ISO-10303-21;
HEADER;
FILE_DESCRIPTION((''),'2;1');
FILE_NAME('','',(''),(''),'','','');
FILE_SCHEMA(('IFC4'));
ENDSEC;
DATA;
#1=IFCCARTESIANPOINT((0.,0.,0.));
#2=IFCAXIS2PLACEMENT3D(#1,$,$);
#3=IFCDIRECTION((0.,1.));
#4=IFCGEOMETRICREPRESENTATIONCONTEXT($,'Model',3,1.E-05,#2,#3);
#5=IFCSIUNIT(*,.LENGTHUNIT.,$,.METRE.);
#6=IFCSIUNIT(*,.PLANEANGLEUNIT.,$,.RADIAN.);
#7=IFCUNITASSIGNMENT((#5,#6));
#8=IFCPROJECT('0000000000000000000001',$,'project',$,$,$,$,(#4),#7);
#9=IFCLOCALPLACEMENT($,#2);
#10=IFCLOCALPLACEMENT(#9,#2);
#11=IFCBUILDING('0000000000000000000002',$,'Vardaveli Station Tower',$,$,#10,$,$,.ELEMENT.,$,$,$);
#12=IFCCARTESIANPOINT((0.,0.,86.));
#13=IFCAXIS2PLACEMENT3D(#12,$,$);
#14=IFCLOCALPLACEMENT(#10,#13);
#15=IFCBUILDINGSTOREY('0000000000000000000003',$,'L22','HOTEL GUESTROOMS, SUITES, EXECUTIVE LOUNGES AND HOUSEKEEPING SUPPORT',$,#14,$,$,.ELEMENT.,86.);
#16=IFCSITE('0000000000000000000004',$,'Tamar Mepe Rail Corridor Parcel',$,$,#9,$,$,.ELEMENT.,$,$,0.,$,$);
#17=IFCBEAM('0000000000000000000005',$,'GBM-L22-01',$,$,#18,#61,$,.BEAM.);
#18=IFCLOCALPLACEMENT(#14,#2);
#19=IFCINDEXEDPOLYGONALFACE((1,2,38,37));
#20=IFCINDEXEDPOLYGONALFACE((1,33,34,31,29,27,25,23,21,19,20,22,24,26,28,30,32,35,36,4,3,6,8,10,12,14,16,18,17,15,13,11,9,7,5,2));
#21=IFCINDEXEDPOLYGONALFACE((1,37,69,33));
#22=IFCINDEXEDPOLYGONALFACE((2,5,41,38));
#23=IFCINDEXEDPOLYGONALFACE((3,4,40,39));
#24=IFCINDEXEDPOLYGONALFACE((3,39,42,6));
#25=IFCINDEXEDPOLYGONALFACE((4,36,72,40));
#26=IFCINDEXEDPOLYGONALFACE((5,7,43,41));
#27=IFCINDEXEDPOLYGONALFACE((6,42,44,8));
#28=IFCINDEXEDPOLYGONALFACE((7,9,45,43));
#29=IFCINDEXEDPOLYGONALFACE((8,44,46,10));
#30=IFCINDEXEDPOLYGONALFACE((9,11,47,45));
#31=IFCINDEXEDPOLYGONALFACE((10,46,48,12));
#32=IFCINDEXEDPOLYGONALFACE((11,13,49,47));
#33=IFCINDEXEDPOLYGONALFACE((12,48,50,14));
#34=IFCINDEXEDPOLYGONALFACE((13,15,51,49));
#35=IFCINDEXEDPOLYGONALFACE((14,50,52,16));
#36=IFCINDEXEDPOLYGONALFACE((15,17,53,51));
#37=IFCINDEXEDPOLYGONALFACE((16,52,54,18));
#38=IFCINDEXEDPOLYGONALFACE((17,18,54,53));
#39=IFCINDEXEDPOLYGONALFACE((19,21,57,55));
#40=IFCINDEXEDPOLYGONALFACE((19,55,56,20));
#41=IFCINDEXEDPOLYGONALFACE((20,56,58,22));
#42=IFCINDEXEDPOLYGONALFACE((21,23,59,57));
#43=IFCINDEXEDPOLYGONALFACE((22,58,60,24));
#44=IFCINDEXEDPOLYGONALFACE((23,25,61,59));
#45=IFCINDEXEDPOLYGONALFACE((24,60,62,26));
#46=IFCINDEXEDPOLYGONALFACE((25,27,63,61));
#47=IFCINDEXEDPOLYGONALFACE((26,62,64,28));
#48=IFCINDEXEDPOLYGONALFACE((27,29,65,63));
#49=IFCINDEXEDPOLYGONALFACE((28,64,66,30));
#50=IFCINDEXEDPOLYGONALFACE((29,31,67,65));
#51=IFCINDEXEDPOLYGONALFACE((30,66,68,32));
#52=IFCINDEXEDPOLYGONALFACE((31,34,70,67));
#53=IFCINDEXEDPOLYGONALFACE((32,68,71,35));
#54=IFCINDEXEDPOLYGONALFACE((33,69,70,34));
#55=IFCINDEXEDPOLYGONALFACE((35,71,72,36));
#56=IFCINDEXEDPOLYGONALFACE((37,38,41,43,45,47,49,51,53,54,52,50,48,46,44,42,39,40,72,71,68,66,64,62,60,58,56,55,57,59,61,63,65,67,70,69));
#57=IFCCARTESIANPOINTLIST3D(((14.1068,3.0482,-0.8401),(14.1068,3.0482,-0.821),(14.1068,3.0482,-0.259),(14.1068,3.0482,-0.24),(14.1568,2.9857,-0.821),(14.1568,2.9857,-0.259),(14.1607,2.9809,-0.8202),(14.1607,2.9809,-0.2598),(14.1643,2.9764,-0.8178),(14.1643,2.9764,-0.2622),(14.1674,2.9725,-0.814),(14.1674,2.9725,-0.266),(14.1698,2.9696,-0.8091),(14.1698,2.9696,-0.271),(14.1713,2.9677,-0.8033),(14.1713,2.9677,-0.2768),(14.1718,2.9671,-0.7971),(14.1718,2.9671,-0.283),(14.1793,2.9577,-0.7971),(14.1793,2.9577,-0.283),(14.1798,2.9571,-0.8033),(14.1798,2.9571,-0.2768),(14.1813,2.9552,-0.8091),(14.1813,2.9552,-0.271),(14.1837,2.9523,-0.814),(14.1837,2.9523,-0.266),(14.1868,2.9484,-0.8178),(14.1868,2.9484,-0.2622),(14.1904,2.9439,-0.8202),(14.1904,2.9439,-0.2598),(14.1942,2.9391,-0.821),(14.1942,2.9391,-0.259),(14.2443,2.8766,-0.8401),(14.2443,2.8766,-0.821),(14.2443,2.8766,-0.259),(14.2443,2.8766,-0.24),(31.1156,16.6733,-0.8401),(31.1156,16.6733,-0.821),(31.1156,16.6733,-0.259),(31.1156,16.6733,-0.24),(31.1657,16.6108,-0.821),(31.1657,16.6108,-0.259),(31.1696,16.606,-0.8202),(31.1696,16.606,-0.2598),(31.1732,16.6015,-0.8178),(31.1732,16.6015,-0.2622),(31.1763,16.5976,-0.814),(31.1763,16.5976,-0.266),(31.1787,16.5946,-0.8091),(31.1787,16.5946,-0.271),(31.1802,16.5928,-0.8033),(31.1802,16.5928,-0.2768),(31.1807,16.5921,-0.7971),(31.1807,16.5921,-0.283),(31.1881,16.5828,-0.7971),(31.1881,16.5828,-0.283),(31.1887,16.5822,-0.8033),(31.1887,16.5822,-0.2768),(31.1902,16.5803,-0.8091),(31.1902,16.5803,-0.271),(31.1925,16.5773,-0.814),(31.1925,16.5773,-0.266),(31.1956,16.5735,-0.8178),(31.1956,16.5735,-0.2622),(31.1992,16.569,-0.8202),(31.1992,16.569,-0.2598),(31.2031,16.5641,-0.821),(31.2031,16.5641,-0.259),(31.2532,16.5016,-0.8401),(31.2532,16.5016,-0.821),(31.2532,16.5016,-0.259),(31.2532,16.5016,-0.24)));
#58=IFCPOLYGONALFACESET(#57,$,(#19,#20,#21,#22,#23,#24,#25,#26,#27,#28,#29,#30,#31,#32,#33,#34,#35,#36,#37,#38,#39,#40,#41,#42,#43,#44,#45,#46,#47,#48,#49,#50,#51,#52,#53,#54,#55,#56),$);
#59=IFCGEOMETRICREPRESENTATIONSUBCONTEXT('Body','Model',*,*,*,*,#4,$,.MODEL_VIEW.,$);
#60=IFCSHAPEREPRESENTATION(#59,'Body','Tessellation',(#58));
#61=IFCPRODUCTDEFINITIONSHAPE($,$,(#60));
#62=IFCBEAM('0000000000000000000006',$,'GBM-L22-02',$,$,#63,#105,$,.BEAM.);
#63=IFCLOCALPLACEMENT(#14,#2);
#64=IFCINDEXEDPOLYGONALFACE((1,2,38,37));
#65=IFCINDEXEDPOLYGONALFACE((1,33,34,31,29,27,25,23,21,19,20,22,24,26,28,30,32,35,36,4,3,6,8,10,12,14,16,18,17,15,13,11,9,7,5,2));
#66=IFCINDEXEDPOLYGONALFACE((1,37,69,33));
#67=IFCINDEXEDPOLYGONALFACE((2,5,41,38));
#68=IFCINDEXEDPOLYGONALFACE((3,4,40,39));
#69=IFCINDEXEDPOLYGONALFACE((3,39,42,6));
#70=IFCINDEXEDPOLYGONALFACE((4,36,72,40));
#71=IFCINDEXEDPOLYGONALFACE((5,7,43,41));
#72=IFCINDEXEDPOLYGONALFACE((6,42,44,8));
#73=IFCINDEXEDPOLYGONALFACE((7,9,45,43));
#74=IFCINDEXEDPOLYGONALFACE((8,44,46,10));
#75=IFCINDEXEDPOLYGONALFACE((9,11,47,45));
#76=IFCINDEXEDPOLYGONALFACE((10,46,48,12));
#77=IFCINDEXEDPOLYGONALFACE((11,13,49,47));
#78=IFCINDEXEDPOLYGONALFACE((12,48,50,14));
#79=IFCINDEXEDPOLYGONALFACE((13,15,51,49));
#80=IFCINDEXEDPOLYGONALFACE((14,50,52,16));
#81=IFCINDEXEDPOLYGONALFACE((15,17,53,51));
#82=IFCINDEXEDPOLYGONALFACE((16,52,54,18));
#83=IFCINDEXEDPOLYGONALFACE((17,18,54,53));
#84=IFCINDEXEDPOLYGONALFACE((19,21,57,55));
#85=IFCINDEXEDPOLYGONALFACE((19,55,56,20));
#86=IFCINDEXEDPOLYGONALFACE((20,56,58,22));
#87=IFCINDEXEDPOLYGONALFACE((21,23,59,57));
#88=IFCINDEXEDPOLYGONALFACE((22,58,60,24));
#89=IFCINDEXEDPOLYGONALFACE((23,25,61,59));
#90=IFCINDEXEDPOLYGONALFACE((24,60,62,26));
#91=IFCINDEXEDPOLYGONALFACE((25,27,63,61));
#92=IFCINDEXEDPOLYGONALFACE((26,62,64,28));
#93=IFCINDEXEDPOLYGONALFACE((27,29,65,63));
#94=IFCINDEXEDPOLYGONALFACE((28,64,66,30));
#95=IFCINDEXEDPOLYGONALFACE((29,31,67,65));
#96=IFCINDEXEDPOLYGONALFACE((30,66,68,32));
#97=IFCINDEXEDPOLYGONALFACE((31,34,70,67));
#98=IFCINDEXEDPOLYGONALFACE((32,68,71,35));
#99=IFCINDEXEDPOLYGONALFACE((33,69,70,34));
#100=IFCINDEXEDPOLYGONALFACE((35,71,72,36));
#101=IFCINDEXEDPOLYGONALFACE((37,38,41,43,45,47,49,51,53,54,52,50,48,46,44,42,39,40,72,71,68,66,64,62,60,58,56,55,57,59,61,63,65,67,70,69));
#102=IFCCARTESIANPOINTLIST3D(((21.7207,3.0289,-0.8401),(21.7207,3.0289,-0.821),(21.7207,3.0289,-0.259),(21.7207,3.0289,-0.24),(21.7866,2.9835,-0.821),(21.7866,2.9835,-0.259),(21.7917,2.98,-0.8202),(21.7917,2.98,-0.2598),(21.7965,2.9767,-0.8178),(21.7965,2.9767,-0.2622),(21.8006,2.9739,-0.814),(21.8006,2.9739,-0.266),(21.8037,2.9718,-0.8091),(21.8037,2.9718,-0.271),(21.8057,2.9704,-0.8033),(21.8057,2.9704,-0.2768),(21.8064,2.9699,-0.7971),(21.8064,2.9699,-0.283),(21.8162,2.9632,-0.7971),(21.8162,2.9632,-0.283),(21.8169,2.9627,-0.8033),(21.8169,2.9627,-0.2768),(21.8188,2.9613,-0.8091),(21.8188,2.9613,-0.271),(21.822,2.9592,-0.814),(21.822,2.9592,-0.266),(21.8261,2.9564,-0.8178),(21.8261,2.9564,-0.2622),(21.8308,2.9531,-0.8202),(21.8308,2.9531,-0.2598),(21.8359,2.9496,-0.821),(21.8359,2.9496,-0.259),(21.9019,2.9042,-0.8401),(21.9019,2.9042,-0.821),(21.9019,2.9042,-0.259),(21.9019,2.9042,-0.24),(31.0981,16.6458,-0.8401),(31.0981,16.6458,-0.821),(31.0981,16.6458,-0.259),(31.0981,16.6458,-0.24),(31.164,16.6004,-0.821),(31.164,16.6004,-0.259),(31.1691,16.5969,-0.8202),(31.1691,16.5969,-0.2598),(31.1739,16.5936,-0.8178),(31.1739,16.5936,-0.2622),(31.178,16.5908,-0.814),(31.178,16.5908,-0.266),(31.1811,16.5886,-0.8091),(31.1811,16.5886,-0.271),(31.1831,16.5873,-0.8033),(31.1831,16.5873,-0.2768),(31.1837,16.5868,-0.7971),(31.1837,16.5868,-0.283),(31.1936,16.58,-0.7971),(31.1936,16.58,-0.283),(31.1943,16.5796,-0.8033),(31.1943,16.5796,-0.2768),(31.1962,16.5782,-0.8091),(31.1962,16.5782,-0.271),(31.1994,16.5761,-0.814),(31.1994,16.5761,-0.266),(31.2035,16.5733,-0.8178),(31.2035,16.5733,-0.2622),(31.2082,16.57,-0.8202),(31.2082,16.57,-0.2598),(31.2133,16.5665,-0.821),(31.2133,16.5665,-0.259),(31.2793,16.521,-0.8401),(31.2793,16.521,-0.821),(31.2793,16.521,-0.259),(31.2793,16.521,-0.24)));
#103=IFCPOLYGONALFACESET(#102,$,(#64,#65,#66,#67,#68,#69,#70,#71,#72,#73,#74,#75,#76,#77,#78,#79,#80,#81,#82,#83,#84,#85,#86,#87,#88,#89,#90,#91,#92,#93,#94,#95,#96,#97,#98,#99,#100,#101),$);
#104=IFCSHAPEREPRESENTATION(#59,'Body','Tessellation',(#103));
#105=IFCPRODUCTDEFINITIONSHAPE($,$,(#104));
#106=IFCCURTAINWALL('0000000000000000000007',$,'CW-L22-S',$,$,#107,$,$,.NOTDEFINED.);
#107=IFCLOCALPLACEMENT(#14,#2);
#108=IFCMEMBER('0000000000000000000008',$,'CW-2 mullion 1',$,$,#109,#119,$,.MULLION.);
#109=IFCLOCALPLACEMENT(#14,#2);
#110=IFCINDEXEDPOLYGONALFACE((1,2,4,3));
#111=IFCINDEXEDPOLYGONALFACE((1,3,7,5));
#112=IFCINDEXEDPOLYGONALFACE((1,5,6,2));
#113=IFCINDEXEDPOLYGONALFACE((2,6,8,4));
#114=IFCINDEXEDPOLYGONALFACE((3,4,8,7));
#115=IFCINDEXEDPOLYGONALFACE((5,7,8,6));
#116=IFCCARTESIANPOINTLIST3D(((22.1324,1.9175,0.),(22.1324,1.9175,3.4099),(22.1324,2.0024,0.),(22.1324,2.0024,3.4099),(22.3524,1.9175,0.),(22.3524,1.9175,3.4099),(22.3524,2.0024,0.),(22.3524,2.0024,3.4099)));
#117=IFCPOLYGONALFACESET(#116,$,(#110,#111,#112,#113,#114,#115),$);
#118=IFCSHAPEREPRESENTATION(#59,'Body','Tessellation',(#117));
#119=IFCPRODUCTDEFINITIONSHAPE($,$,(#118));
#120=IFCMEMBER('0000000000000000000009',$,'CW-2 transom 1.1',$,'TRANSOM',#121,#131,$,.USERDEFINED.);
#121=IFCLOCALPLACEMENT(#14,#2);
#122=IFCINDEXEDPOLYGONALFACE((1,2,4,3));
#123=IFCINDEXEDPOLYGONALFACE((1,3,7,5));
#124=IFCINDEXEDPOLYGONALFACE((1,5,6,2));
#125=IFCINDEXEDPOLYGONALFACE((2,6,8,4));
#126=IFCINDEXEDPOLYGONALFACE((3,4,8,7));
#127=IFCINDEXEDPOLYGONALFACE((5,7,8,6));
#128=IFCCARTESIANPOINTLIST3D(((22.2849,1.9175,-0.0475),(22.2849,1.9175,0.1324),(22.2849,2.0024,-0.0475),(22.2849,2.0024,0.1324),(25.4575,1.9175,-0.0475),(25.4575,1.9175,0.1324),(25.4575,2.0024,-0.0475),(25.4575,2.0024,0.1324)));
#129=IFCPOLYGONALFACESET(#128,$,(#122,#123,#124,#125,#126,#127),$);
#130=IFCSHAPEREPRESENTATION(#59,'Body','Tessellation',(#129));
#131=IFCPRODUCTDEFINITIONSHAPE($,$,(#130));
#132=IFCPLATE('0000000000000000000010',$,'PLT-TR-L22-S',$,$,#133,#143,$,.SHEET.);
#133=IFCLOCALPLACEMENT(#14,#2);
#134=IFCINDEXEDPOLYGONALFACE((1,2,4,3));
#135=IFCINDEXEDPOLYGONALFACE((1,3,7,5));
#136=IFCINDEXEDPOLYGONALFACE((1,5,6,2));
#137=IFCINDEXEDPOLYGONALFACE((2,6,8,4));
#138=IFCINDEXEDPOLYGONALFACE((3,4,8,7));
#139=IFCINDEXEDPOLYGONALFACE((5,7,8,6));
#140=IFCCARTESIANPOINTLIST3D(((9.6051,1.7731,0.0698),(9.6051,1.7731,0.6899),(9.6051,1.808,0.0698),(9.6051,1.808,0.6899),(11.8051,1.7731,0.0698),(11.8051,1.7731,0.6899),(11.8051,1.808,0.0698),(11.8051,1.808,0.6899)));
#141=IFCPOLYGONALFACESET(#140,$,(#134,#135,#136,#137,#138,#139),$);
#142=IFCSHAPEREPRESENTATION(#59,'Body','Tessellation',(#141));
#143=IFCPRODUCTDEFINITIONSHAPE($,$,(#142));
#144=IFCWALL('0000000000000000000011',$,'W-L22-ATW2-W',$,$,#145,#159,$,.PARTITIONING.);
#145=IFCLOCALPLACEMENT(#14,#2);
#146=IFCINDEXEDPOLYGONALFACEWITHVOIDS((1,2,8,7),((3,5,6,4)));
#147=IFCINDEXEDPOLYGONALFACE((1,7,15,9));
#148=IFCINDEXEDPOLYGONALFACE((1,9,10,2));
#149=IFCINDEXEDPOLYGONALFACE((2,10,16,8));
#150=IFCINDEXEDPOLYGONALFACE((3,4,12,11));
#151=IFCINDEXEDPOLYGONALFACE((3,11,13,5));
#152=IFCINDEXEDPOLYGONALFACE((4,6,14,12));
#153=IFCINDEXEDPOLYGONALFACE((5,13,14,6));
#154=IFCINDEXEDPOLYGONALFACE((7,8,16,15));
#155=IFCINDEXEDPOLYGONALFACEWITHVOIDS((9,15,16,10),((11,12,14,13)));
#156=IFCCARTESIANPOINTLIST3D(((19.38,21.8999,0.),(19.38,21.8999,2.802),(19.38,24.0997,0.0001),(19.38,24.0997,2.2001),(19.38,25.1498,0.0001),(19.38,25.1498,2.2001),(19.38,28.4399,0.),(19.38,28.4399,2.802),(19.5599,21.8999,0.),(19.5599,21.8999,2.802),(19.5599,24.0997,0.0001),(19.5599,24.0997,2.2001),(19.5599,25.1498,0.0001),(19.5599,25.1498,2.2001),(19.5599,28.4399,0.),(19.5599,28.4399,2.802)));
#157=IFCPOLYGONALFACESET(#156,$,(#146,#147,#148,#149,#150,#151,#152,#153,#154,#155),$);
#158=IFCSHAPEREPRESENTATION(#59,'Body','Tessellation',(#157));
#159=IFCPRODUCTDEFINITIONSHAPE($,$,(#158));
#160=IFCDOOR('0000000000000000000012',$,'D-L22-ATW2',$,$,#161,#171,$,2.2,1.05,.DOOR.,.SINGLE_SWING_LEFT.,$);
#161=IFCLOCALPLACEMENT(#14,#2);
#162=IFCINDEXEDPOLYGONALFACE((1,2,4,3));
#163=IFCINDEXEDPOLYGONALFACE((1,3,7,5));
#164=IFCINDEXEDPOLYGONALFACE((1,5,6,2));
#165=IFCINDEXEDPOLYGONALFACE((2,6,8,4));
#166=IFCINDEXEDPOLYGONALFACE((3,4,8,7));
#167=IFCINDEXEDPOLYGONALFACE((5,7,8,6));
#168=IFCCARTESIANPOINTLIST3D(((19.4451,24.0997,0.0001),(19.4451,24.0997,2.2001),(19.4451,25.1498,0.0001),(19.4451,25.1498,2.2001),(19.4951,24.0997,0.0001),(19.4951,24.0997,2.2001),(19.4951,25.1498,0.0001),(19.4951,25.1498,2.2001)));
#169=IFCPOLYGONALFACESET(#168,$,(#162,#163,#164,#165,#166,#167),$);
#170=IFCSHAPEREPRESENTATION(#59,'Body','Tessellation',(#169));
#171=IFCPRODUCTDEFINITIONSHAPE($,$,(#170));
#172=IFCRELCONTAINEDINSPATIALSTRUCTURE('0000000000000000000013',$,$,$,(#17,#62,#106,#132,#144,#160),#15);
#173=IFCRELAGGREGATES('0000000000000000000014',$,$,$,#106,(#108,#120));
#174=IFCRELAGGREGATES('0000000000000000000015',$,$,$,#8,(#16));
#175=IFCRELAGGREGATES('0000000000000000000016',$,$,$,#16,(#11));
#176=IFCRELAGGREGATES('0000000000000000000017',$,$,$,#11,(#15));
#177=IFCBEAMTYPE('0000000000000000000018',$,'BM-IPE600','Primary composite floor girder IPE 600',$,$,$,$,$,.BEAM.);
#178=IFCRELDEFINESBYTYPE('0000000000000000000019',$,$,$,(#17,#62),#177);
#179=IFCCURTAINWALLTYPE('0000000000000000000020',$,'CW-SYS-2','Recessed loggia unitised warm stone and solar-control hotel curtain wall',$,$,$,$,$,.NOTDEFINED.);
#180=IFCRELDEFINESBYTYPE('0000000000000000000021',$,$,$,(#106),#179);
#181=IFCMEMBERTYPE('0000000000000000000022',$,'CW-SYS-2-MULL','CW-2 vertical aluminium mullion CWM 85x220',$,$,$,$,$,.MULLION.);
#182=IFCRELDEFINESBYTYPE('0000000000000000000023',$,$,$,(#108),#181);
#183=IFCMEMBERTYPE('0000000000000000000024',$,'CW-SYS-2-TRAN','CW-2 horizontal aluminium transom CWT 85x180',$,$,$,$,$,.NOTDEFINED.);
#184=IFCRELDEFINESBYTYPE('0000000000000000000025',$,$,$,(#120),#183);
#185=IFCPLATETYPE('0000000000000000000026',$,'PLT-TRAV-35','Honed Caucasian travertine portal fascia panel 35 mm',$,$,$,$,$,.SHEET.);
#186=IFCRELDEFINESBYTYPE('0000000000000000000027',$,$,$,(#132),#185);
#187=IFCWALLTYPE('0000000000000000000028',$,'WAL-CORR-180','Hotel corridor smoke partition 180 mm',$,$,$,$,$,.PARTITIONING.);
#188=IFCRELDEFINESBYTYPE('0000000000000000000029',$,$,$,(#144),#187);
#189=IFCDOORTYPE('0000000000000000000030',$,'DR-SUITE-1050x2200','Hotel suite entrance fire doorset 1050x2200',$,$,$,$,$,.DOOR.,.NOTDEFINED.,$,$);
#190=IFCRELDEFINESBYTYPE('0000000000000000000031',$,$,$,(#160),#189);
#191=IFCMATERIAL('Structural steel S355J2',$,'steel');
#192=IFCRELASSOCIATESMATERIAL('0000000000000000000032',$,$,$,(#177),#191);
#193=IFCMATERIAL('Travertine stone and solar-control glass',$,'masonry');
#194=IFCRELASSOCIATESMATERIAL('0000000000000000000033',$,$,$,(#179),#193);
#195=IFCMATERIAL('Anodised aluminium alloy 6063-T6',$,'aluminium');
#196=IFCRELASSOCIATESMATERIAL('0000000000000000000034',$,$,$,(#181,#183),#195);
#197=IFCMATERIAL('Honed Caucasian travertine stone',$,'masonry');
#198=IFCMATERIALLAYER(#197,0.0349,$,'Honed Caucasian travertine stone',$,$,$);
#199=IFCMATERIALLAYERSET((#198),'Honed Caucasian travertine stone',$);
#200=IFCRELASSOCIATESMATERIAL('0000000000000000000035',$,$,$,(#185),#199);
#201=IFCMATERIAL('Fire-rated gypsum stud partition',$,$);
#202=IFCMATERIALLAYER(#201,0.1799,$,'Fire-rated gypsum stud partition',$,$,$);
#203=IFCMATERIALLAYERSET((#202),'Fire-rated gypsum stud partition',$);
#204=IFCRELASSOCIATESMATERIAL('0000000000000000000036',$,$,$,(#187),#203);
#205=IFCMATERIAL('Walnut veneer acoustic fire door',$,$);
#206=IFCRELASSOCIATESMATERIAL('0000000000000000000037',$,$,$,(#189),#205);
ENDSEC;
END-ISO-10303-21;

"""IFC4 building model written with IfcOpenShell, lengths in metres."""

from ifc_helpers import new_model, si_unit, direction, frame, frame_2d, origin, origin_2d, place, context, subcontext, project, spatial, rectangle, i_section, extrude, source, transform, mapped, material, layer, layer_set, material_profile, profile_set, type_object, element, fill, aggregate, save


model = new_model("IFC4")

# Units and contexts
model_context = context("Model", 3, precision=1e-05, world=origin(), true_north=direction((0.0, 1.0)))
body_context = subcontext(model_context, "Body", "Model", "MODEL_VIEW")
ifc_project = project(units=[si_unit("LENGTHUNIT", "METRE"), si_unit("PLANEANGLEUNIT", "RADIAN")], contexts=[model_context])

# Site, building, storey
site_placement = place(None, origin())
site = spatial("IfcSite", under=ifc_project, at=site_placement, Name="Tamar Mepe Rail Corridor Parcel", CompositionType="ELEMENT", RefElevation=0.0)
building_placement = place(site_placement, origin())
building = spatial("IfcBuilding", under=site, at=building_placement, Name="Vardaveli Station Tower", CompositionType="ELEMENT")
storey_placement = place(building_placement, frame((0.0, 0.0, 86.0)))
storey = spatial("IfcBuildingStorey", under=building, at=storey_placement, Name="L22", Description="HOTEL GUESTROOMS, SUITES, EXECUTIVE LOUNGES AND HOUSEKEEPING SUPPORT", CompositionType="ELEMENT", Elevation=86.0)

# Beams
ifc_material_1 = material(Name="Structural steel S355J2", Category="steel")
ifc_material_profile_1 = material_profile(ifc_material_1, i_section(OverallWidth=0.22, OverallDepth=0.6001, WebThickness=0.012, FlangeThickness=0.019, FilletRadius=0.0239, at=origin_2d()), Name="IPE 600")
ifc_profile_set_1 = profile_set([ifc_material_profile_1], Name="Structural steel S355J2")
beam_type_1 = type_object("IfcBeamType", Name="BM-IPE600", Description="Primary composite floor girder IPE 600", PredefinedType="BEAM", material=ifc_profile_set_1)
shared_shape_1 = source(origin(), body_context, "Body", "SweptSolid", [
    extrude(i_section(OverallWidth=0.22, OverallDepth=0.6001, WebThickness=0.012, FlangeThickness=0.019, FilletRadius=0.0239, at=origin_2d()), origin(), (0.0, 0.0, 1.0), 21.7932),
])
beam_1_placement = place(storey_placement, frame((14.1755, 2.9624, -0.54), z_axis=(0.780466, 0.625198, 0.0), x_axis=(-0.625198, 0.780466, 0.0)))
element("IfcBeam", 1, at=beam_1_placement, inside=storey, type_object=beam_type_1, Name="GBM-L22-01", PredefinedType="BEAM", context=body_context, shape_type="MappedRepresentation", body=[
    mapped(shared_shape_1, transform((0.0, 0.0, 0.0), scale=1.0)),
])
shared_shape_2 = source(origin(), body_context, "Body", "SweptSolid", [
    extrude(i_section(OverallWidth=0.22, OverallDepth=0.6001, WebThickness=0.012, FlangeThickness=0.019, FilletRadius=0.0239, at=origin_2d()), origin(), (0.0, 0.0, 1.0), 16.5334),
])
beam_2_placement = place(storey_placement, frame((21.8113, 2.9666, -0.54), z_axis=(0.567177, 0.823596, 0.0), x_axis=(-0.823596, 0.567177, 0.0)))
element("IfcBeam", 2, at=beam_2_placement, inside=storey, type_object=beam_type_1, Name="GBM-L22-02", PredefinedType="BEAM", context=body_context, shape_type="MappedRepresentation", body=[
    mapped(shared_shape_2, transform((0.0, 0.0, 0.0), scale=1.0)),
])

# Curtain wall, members
ifc_material_2 = material(Name="Travertine stone and solar-control glass", Category="masonry")
curtain_wall_type = type_object("IfcCurtainWallType", Name="CW-SYS-2", Description="Recessed loggia unitised warm stone and solar-control hotel curtain wall", PredefinedType="NOTDEFINED", material=ifc_material_2)
curtain_wall_placement = place(storey_placement, origin())
curtain_wall = element("IfcCurtainWall", 3, at=curtain_wall_placement, inside=storey, type_object=curtain_wall_type, Name="CW-L22-S", PredefinedType="NOTDEFINED")
ifc_material_3 = material(Name="Anodised aluminium alloy 6063-T6", Category="aluminium")
ifc_material_profile_2 = material_profile(ifc_material_3, rectangle(XDim=0.085, YDim=0.22, at=origin_2d()), Name="CWM 85x220")
ifc_profile_set_2 = profile_set([ifc_material_profile_2], Name="Anodised aluminium alloy 6063-T6")
member_type_1 = type_object("IfcMemberType", Name="CW-SYS-2-MULL", Description="CW-2 vertical aluminium mullion CWM 85x220", PredefinedType="MULLION", material=ifc_profile_set_2)
shared_shape_3 = source(origin(), body_context, "Body", "SweptSolid", [
    extrude(rectangle(XDim=0.085, YDim=0.22, at=origin_2d()), origin(), (0.0, 0.0, 1.0), 3.4099),
])
member_1_placement = place(storey_placement, frame((22.2424, 1.96, 0.0), z_axis=(0.0, 0.0, 1.0), x_axis=(0.0, 1.0, 0.0)))
member_1 = element("IfcMember", 4, at=member_1_placement, type_object=member_type_1, Name="CW-2 mullion 1", PredefinedType="MULLION", context=body_context, shape_type="MappedRepresentation", body=[
    mapped(shared_shape_3, transform((0.0, 0.0, 0.0), scale=1.0)),
])
ifc_material_profile_3 = material_profile(ifc_material_3, rectangle(XDim=0.085, YDim=0.1799, at=origin_2d()), Name="CWT 85x180")
ifc_profile_set_3 = profile_set([ifc_material_profile_3], Name="Anodised aluminium alloy 6063-T6")
member_type_2 = type_object("IfcMemberType", Name="CW-SYS-2-TRAN", Description="CW-2 horizontal aluminium transom CWT 85x180", PredefinedType="NOTDEFINED", material=ifc_profile_set_3)
shared_shape_4 = source(origin(), body_context, "Body", "SweptSolid", [
    extrude(rectangle(XDim=0.085, YDim=0.1799, at=origin_2d()), origin(), (0.0, 0.0, 1.0), 3.1726),
])
member_2_placement = place(storey_placement, frame((22.2849, 1.96, 0.0425), z_axis=(1.0, 0.0, 0.0), x_axis=(0.0, 1.0, 0.0)))
member_2 = element("IfcMember", 5, at=member_2_placement, type_object=member_type_2, Name="CW-2 transom 1.1", ObjectType="TRANSOM", PredefinedType="USERDEFINED", context=body_context, shape_type="MappedRepresentation", body=[
    mapped(shared_shape_4, transform((0.0, 0.0, 0.0), scale=1.0)),
])
aggregate(curtain_wall, [member_1, member_2])

# Plate
ifc_material_4 = material(Name="Honed Caucasian travertine stone", Category="masonry")
ifc_layer_1 = layer(ifc_material_4, 0.0349, Name="Honed Caucasian travertine stone")
ifc_layer_set_1 = layer_set([ifc_layer_1], Name="Honed Caucasian travertine stone")
plate_type = type_object("IfcPlateType", Name="PLT-TRAV-35", Description="Honed Caucasian travertine portal fascia panel 35 mm", PredefinedType="SHEET", material=ifc_layer_set_1)
shared_shape_5 = source(origin(), body_context, "Body", "SweptSolid", [
    extrude(rectangle(XDim=2.2, YDim=0.0349, at=origin_2d()), origin(), (0.0, 0.0, 1.0), 0.6201),
])
plate_placement = place(storey_placement, frame((10.7051, 1.7905, 0.0698), z_axis=(0.0, 0.0, 1.0), x_axis=(1.0, 0.0, 0.0)))
element("IfcPlate", 6, at=plate_placement, inside=storey, type_object=plate_type, Name="PLT-TR-L22-S", PredefinedType="SHEET", context=body_context, shape_type="MappedRepresentation", body=[
    mapped(shared_shape_5, transform((0.0, 0.0, 0.0), scale=1.0)),
])

# Wall, opening, door
ifc_material_5 = material(Name="Fire-rated gypsum stud partition")
ifc_layer_2 = layer(ifc_material_5, 0.1799, Name="Fire-rated gypsum stud partition")
ifc_layer_set_2 = layer_set([ifc_layer_2], Name="Fire-rated gypsum stud partition")
wall_type_1 = type_object("IfcWallType", Name="WAL-CORR-180", Description="Hotel corridor smoke partition 180 mm", PredefinedType="PARTITIONING", material=ifc_layer_set_2)
shared_shape_6 = source(origin(), body_context, "Body", "SweptSolid", [
    extrude(rectangle(XDim=6.54, YDim=0.1799, at=frame_2d((3.27, 0.0))), origin(), (0.0, 0.0, 1.0), 2.802),
])
wall_1_placement = place(storey_placement, frame((19.47, 21.8999, 0.0), z_axis=(0.0, 0.0, 1.0), x_axis=(0.0, 1.0, 0.0)))
wall_1 = element("IfcWall", 7, at=wall_1_placement, inside=storey, type_object=wall_type_1, Name="W-L22-ATW2-W", PredefinedType="PARTITIONING", context=body_context, shape_type="MappedRepresentation", body=[
    mapped(shared_shape_6, transform((0.0, 0.0, 0.0), scale=1.0)),
])
shared_shape_7 = source(origin(), body_context, "Body", "SweptSolid", [
    extrude(rectangle(XDim=1.05, YDim=2.2, at=frame_2d((0.5249, 1.1001))), frame((0.0, 0.1001, 0.0), z_axis=(0.0, -1.0, 0.0), x_axis=(1.0, 0.0, 0.0)), (0.0, 0.0, 1.0), 0.2),
])
opening_1_placement = place(wall_1_placement, frame((2.2, 0.0, 0.0)))
opening_1 = element("IfcOpeningElement", 8, at=opening_1_placement, cuts=wall_1, PredefinedType="OPENING", context=body_context, shape_type="MappedRepresentation", body=[
    mapped(shared_shape_7, transform((0.0, 0.0, 0.0), scale=1.0)),
])
ifc_material_6 = material(Name="Walnut veneer acoustic fire door")
door_type = type_object("IfcDoorType", Name="DR-SUITE-1050x2200", Description="Hotel suite entrance fire doorset 1050x2200", OperationType="NOTDEFINED", PredefinedType="DOOR", material=ifc_material_6)
shared_shape_8 = source(origin(), body_context, "Body", "SweptSolid", [
    extrude(rectangle(XDim=1.05, YDim=2.2, at=frame_2d((0.5249, 1.1001))), frame((0.0, 0.0249, 0.0), z_axis=(0.0, -1.0, 0.0), x_axis=(1.0, 0.0, 0.0)), (0.0, 0.0, 1.0), 0.05),
])
door_1_placement = place(opening_1_placement, origin())
door_1 = element("IfcDoor", 9, at=door_1_placement, inside=storey, type_object=door_type, Name="D-L22-ATW2", OperationType="SINGLE_SWING_LEFT", OverallHeight=2.2, OverallWidth=1.05, PredefinedType="DOOR", context=body_context, shape_type="MappedRepresentation", body=[
    mapped(shared_shape_8, transform((0.0, 0.0, 0.0), scale=1.0)),
])
fill(opening_1, door_1)

save(model, "model.ifc")
